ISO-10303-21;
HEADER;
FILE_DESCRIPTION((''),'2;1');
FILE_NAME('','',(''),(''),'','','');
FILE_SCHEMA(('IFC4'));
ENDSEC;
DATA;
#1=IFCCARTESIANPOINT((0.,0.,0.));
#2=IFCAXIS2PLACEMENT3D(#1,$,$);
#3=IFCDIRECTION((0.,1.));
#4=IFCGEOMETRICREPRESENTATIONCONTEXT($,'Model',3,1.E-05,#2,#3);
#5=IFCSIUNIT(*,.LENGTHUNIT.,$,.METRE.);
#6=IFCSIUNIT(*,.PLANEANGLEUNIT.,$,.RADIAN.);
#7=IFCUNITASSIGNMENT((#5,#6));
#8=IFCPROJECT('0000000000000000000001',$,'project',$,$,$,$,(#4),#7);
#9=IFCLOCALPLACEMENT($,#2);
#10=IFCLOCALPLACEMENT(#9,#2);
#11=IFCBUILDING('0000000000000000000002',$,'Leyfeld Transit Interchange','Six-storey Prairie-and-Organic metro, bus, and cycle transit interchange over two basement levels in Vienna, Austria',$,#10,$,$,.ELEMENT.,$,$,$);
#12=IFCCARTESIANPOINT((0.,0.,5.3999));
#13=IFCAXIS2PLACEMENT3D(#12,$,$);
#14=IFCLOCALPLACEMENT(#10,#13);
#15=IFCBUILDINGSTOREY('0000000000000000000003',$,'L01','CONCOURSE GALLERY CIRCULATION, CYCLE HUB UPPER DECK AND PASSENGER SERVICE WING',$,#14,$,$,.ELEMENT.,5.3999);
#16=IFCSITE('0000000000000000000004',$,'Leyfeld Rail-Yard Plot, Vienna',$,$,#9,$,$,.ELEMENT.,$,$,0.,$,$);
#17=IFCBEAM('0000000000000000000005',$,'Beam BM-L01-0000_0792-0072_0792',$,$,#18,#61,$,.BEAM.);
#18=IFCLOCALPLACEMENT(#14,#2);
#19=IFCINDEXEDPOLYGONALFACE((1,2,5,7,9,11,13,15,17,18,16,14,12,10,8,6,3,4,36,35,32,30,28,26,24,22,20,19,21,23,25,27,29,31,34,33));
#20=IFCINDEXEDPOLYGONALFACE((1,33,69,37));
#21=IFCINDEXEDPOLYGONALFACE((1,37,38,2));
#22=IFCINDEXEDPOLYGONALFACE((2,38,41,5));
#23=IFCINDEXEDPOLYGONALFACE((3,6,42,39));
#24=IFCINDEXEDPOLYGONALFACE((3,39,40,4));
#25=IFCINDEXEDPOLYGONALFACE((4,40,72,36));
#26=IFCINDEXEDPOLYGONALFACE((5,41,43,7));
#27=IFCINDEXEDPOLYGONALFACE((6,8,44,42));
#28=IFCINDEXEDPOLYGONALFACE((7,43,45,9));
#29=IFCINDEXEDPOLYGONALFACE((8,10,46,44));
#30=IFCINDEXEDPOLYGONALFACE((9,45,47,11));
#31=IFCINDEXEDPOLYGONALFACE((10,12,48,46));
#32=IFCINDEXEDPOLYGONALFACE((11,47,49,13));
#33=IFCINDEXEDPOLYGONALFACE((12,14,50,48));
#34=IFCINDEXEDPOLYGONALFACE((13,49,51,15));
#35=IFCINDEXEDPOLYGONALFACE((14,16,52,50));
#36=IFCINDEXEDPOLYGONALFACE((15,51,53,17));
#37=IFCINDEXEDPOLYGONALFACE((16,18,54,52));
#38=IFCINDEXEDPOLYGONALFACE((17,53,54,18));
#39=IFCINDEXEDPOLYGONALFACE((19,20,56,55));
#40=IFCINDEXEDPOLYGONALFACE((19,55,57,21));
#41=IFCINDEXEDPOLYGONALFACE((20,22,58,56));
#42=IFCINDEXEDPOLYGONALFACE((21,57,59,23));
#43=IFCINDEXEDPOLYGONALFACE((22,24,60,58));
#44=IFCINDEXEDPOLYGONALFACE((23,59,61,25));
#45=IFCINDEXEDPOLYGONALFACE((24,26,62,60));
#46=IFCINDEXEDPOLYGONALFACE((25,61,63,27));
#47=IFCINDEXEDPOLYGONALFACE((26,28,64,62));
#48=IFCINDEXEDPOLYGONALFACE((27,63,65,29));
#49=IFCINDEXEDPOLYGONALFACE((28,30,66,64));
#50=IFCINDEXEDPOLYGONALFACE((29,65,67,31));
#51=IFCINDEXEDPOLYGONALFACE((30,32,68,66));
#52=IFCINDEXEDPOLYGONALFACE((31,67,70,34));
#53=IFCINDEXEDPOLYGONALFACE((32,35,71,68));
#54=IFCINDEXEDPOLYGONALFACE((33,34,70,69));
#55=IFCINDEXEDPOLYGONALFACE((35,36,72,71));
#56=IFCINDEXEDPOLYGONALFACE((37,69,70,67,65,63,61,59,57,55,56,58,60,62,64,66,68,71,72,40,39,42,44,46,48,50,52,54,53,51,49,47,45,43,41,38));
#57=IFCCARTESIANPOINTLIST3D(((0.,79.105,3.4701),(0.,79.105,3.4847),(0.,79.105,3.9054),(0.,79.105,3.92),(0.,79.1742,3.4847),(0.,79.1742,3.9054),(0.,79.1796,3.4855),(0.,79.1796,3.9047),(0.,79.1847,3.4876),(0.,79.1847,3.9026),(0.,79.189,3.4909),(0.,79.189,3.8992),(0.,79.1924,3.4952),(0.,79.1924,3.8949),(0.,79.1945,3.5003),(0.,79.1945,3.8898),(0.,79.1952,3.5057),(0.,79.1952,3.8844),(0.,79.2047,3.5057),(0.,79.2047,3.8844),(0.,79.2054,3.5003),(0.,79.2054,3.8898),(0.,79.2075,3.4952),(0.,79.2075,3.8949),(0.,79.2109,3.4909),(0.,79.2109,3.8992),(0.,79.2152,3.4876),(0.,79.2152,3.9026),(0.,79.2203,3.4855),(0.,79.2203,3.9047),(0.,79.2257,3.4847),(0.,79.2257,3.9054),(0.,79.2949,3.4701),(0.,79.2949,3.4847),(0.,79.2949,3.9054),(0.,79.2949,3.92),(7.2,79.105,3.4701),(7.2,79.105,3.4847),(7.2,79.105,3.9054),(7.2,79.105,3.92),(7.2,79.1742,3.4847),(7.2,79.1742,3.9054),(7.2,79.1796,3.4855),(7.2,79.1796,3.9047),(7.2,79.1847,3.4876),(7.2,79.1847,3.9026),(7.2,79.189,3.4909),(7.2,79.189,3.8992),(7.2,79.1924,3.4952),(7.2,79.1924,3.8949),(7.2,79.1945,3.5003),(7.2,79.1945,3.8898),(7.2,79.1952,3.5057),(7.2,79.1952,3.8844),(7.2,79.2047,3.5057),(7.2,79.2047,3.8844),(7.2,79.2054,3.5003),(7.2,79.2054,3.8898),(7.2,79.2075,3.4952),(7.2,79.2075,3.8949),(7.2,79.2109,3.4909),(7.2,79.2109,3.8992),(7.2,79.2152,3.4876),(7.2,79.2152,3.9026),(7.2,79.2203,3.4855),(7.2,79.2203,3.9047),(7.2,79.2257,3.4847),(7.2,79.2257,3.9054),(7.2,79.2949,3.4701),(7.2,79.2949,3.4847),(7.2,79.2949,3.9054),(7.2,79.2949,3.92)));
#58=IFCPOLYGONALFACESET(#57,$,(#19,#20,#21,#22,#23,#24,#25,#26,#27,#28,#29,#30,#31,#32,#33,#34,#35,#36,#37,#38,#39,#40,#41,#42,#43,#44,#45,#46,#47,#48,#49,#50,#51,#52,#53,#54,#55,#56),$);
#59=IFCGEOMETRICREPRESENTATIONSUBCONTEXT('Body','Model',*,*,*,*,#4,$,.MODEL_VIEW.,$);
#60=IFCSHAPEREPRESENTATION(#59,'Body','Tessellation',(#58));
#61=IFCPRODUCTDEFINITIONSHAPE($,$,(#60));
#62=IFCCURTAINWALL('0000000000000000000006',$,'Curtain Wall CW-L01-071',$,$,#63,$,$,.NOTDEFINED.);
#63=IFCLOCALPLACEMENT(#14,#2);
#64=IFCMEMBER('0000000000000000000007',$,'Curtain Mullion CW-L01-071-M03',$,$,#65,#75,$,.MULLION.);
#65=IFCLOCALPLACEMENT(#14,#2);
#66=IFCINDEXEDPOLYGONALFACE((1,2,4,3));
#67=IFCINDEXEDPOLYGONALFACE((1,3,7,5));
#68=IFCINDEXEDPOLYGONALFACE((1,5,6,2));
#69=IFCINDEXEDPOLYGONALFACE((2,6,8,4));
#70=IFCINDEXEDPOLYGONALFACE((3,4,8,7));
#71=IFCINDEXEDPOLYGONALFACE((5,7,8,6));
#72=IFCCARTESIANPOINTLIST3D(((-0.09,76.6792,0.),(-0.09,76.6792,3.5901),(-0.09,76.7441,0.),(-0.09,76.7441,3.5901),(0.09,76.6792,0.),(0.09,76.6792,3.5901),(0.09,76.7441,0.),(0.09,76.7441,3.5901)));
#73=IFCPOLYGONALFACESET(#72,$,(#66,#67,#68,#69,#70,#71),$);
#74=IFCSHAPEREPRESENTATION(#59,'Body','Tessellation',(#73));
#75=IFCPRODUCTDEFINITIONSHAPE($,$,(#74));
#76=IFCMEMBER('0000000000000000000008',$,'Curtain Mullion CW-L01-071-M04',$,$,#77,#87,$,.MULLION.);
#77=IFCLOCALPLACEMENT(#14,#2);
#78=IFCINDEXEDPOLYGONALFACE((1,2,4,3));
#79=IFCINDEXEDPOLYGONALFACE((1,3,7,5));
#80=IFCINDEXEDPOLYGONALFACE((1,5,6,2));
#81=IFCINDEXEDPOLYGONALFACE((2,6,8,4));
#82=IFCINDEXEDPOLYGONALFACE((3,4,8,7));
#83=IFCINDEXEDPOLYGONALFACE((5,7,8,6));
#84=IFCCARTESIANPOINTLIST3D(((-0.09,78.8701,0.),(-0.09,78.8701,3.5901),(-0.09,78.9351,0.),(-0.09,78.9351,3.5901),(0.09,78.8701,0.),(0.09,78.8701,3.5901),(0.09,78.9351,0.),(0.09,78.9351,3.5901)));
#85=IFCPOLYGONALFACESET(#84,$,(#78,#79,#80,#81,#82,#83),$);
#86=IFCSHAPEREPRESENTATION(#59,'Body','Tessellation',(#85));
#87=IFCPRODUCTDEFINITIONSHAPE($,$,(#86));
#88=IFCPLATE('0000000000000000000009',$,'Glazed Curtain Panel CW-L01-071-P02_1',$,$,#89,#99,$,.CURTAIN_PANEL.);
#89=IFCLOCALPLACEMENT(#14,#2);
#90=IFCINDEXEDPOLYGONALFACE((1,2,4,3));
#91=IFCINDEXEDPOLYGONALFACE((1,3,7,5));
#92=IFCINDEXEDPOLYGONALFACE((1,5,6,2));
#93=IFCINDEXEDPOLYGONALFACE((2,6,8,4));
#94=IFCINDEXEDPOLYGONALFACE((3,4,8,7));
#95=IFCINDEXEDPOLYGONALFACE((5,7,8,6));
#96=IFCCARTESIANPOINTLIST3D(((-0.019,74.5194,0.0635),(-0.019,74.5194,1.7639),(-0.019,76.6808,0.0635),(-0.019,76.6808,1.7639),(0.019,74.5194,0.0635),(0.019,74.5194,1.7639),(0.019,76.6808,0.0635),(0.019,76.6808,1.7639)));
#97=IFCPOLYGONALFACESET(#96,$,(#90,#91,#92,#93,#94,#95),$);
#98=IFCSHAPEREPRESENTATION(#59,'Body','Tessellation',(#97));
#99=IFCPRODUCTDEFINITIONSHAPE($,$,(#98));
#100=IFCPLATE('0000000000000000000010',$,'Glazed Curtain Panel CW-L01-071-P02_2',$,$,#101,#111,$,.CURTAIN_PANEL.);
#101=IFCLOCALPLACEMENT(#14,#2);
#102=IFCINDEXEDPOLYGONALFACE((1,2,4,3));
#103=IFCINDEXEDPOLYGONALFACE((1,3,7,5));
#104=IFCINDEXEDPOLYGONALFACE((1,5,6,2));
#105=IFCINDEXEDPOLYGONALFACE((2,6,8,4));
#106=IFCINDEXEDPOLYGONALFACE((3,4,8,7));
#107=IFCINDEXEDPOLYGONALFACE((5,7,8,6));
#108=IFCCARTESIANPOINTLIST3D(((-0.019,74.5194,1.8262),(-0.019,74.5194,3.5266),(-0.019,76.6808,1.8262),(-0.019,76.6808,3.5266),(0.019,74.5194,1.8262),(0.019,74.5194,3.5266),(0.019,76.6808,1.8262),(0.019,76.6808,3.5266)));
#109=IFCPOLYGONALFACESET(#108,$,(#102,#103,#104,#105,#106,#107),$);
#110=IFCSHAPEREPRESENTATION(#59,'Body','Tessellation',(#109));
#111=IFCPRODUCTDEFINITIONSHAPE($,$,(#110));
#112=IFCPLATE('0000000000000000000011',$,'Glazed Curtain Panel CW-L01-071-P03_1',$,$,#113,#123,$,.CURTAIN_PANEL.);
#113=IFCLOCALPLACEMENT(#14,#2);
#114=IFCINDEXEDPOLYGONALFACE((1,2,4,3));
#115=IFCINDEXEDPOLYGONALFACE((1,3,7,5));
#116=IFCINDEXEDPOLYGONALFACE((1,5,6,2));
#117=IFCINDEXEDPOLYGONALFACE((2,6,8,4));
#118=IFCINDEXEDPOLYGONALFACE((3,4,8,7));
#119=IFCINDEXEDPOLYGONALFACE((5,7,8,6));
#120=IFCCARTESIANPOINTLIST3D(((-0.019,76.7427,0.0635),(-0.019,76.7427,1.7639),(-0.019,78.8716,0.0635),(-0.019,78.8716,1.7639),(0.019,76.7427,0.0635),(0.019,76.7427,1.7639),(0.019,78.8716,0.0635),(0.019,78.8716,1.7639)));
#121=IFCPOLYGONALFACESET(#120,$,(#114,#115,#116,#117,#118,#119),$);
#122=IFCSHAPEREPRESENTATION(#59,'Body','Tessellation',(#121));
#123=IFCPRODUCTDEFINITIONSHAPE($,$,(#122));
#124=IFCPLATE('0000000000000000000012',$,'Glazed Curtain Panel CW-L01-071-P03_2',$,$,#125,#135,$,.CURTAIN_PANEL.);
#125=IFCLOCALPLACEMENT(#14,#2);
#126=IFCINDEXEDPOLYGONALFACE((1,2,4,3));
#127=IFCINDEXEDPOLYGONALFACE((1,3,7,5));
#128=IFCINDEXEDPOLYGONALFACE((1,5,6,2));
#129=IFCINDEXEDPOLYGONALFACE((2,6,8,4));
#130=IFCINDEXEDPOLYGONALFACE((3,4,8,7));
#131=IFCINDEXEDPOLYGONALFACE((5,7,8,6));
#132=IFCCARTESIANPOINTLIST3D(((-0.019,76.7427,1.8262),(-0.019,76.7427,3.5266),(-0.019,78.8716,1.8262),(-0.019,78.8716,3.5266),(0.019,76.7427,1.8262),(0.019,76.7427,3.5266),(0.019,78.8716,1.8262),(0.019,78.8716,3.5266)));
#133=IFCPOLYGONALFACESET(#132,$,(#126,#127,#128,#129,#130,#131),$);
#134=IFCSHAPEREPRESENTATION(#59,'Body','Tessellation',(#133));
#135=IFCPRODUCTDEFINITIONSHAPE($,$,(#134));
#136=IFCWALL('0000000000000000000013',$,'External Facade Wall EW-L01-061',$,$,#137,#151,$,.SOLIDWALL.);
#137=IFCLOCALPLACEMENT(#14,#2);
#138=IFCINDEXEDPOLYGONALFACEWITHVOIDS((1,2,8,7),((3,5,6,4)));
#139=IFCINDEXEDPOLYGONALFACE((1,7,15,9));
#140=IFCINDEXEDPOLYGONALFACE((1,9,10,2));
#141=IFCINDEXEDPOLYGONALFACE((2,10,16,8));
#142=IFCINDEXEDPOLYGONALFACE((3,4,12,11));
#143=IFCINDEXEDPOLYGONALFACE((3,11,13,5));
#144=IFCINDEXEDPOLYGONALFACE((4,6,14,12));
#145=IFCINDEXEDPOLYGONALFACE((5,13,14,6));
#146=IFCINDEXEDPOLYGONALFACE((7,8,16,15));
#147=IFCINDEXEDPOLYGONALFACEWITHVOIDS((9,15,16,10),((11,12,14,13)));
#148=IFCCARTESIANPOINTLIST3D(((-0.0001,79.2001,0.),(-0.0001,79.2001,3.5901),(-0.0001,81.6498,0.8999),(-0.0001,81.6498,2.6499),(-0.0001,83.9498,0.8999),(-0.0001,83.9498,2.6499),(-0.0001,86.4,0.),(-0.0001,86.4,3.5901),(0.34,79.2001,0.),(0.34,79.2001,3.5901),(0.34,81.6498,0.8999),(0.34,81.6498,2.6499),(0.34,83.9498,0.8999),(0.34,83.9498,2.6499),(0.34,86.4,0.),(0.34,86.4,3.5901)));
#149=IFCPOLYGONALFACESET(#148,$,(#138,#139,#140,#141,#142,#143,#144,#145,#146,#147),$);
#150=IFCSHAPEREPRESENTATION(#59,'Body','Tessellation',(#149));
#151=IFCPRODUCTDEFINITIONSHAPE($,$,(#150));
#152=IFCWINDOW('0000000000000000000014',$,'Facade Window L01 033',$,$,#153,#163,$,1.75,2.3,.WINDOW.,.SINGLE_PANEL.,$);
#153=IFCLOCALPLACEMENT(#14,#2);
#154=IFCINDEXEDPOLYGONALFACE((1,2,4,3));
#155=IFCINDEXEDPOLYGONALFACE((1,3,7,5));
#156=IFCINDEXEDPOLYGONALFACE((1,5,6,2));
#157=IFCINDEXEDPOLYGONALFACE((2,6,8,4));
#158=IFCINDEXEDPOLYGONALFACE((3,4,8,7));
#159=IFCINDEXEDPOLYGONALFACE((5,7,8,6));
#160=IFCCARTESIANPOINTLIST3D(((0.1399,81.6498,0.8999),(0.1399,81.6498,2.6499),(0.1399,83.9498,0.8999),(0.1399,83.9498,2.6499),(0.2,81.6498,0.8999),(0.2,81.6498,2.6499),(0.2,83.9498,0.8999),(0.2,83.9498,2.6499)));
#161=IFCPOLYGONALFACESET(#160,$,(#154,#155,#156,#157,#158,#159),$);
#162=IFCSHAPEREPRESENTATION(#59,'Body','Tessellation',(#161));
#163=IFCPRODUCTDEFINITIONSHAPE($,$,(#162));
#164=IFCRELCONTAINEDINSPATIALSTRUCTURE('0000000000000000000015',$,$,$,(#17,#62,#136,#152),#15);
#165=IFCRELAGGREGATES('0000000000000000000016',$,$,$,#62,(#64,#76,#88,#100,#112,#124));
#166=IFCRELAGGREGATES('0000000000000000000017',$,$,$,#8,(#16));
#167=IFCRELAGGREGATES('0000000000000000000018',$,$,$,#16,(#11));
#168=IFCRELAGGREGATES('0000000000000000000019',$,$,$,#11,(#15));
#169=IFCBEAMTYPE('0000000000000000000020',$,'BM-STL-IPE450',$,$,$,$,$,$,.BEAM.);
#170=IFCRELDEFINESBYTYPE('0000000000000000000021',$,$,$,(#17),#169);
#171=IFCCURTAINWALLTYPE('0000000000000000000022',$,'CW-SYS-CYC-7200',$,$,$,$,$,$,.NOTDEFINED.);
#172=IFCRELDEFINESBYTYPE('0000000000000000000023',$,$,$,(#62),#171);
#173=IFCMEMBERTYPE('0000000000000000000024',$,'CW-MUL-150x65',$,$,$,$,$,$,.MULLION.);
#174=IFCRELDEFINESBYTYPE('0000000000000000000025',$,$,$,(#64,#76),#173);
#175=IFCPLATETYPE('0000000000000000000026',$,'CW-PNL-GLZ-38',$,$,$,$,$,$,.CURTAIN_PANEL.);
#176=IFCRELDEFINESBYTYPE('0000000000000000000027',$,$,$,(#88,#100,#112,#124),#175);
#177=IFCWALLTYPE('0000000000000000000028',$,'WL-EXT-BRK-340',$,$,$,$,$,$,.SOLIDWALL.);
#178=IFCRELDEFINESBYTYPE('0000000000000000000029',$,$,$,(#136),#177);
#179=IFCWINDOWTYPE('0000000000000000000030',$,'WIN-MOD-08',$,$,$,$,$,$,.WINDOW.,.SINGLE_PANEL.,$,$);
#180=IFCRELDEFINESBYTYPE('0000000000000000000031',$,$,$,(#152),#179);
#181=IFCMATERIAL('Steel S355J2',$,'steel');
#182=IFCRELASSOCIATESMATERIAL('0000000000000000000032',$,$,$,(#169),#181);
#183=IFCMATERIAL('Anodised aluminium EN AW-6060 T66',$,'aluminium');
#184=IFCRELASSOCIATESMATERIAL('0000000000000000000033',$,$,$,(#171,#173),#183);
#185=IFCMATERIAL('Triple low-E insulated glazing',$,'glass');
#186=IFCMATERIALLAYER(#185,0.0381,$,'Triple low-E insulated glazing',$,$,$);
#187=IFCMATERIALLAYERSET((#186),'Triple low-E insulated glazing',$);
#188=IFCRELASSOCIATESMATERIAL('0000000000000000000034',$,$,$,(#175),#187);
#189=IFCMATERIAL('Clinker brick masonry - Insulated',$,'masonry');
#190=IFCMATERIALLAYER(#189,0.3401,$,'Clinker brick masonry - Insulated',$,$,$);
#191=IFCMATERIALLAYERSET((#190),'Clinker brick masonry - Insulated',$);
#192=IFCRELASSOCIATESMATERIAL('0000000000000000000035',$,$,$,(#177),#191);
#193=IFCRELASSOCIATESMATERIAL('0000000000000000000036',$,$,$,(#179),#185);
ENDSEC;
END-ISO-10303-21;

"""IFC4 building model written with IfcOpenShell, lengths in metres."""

from ifc_helpers import new_model, si_unit, direction, frame, frame_2d, origin, origin_2d, place, context, subcontext, project, spatial, rectangle, i_section, extrude, material, layer, layer_set, material_profile, profile_set, type_object, element, fill, aggregate, save


model = new_model("IFC4")

# Units and contexts
model_context = context("Model", 3, precision=1e-05, world=origin(), true_north=direction((0.0, 1.0)))
body_context = subcontext(model_context, "Body", "Model", "MODEL_VIEW")
ifc_project = project(units=[si_unit("LENGTHUNIT", "METRE"), si_unit("PLANEANGLEUNIT", "RADIAN")], contexts=[model_context])

# Site, building, storey
site_placement = place(None, origin())
site = spatial("IfcSite", under=ifc_project, at=site_placement, Name="Leyfeld Rail-Yard Plot, Vienna", CompositionType="ELEMENT", RefElevation=0.0)
building_placement = place(site_placement, origin())
building = spatial("IfcBuilding", under=site, at=building_placement, Name="Leyfeld Transit Interchange", Description="Six-storey Prairie-and-Organic metro, bus, and cycle transit interchange over two basement levels in Vienna, Austria", CompositionType="ELEMENT")
storey_placement = place(building_placement, frame((0.0, 0.0, 5.3999)))
storey = spatial("IfcBuildingStorey", under=building, at=storey_placement, Name="L01", Description="CONCOURSE GALLERY CIRCULATION, CYCLE HUB UPPER DECK AND PASSENGER SERVICE WING", CompositionType="ELEMENT", Elevation=5.3999)

# Beam
ifc_material_1 = material(Name="Steel S355J2", Category="steel")
ifc_material_profile_1 = material_profile(ifc_material_1, i_section(OverallWidth=0.1899, OverallDepth=0.45, WebThickness=0.0095, FlangeThickness=0.0146, FilletRadius=0.021, at=origin_2d()), Name="IPE 450")
ifc_profile_set_1 = profile_set([ifc_material_profile_1], Name="Steel S355J2")
beam_type_1 = type_object("IfcBeamType", Name="BM-STL-IPE450", PredefinedType="BEAM", material=ifc_profile_set_1)
beam_1_placement = place(storey_placement, frame((0.0, 79.2, 3.6951), z_axis=(1.0, 0.0, 0.0), x_axis=(0.0, 1.0, 0.0)))
element("IfcBeam", 1, at=beam_1_placement, inside=storey, type_object=beam_type_1, Name="Beam BM-L01-0000_0792-0072_0792", PredefinedType="BEAM", context=body_context, shape_type="SweptSolid", body=[
    extrude(i_section(OverallWidth=0.1899, OverallDepth=0.45, WebThickness=0.0095, FlangeThickness=0.0146, FilletRadius=0.021, at=origin_2d()), origin(), (0.0, 0.0, 1.0), 7.2),
])

# Curtain wall, members, plates
ifc_material_2 = material(Name="Anodised aluminium EN AW-6060 T66", Category="aluminium")
curtain_wall_type = type_object("IfcCurtainWallType", Name="CW-SYS-CYC-7200", PredefinedType="NOTDEFINED", material=ifc_material_2)
curtain_wall_placement = place(storey_placement, origin())
curtain_wall = element("IfcCurtainWall", 2, at=curtain_wall_placement, inside=storey, type_object=curtain_wall_type, Name="Curtain Wall CW-L01-071", PredefinedType="NOTDEFINED")
ifc_material_profile_2 = material_profile(ifc_material_2, rectangle(XDim=0.0649, YDim=0.1799, at=origin_2d()), Name="CW-M 65x180")
ifc_profile_set_2 = profile_set([ifc_material_profile_2], Name="Anodised aluminium EN AW-6060 T66")
member_type = type_object("IfcMemberType", Name="CW-MUL-150x65", PredefinedType="MULLION", material=ifc_profile_set_2)
member_1_placement = place(storey_placement, frame((0.0, 76.7117, 0.0), z_axis=(0.0, 0.0, 1.0), x_axis=(0.0, 1.0, 0.0)))
member_1 = element("IfcMember", 3, at=member_1_placement, type_object=member_type, Name="Curtain Mullion CW-L01-071-M03", PredefinedType="MULLION", context=body_context, shape_type="SweptSolid", body=[
    extrude(rectangle(XDim=0.0649, YDim=0.1799, at=origin_2d()), origin(), (0.0, 0.0, 1.0), 3.5901),
])
member_2_placement = place(storey_placement, frame((0.0, 78.9026, 0.0), z_axis=(0.0, 0.0, 1.0), x_axis=(0.0, 1.0, 0.0)))
member_2 = element("IfcMember", 4, at=member_2_placement, type_object=member_type, Name="Curtain Mullion CW-L01-071-M04", PredefinedType="MULLION", context=body_context, shape_type="SweptSolid", body=[
    extrude(rectangle(XDim=0.0649, YDim=0.1799, at=origin_2d()), origin(), (0.0, 0.0, 1.0), 3.5901),
])
ifc_material_3 = material(Name="Triple low-E insulated glazing", Category="glass")
ifc_layer_1 = layer(ifc_material_3, 0.0381, Name="Triple low-E insulated glazing")
ifc_layer_set_1 = layer_set([ifc_layer_1], Name="Triple low-E insulated glazing")
plate_type = type_object("IfcPlateType", Name="CW-PNL-GLZ-38", PredefinedType="CURTAIN_PANEL", material=ifc_layer_set_1)
plate_1_placement = place(storey_placement, frame((0.0, 75.6001, 0.0635), z_axis=(0.0, 0.0, 1.0), x_axis=(0.0, 1.0, 0.0)))
plate_1 = element("IfcPlate", 5, at=plate_1_placement, type_object=plate_type, Name="Glazed Curtain Panel CW-L01-071-P02_1", PredefinedType="CURTAIN_PANEL", context=body_context, shape_type="SweptSolid", body=[
    extrude(rectangle(XDim=2.1614, YDim=0.0381, at=origin_2d()), origin(), (0.0, 0.0, 1.0), 1.7004),
])
plate_2_placement = place(storey_placement, frame((0.0, 75.6001, 1.8262), z_axis=(0.0, 0.0, 1.0), x_axis=(0.0, 1.0, 0.0)))
plate_2 = element("IfcPlate", 6, at=plate_2_placement, type_object=plate_type, Name="Glazed Curtain Panel CW-L01-071-P02_2", PredefinedType="CURTAIN_PANEL", context=body_context, shape_type="SweptSolid", body=[
    extrude(rectangle(XDim=2.1614, YDim=0.0381, at=origin_2d()), origin(), (0.0, 0.0, 1.0), 1.7004),
])
plate_3_placement = place(storey_placement, frame((0.0, 77.8071, 0.0635), z_axis=(0.0, 0.0, 1.0), x_axis=(0.0, 1.0, 0.0)))
plate_3 = element("IfcPlate", 7, at=plate_3_placement, type_object=plate_type, Name="Glazed Curtain Panel CW-L01-071-P03_1", PredefinedType="CURTAIN_PANEL", context=body_context, shape_type="SweptSolid", body=[
    extrude(rectangle(XDim=2.1289, YDim=0.0381, at=origin_2d()), origin(), (0.0, 0.0, 1.0), 1.7004),
])
plate_4_placement = place(storey_placement, frame((0.0, 77.8071, 1.8262), z_axis=(0.0, 0.0, 1.0), x_axis=(0.0, 1.0, 0.0)))
plate_4 = element("IfcPlate", 8, at=plate_4_placement, type_object=plate_type, Name="Glazed Curtain Panel CW-L01-071-P03_2", PredefinedType="CURTAIN_PANEL", context=body_context, shape_type="SweptSolid", body=[
    extrude(rectangle(XDim=2.1289, YDim=0.0381, at=origin_2d()), origin(), (0.0, 0.0, 1.0), 1.7004),
])
aggregate(curtain_wall, [member_1, member_2, plate_1, plate_2, plate_3, plate_4])

# Wall, opening, window
ifc_material_4 = material(Name="Clinker brick masonry - Insulated", Category="masonry")
ifc_layer_2 = layer(ifc_material_4, 0.3401, Name="Clinker brick masonry - Insulated")
ifc_layer_set_2 = layer_set([ifc_layer_2], Name="Clinker brick masonry - Insulated")
wall_type_1 = type_object("IfcWallType", Name="WL-EXT-BRK-340", PredefinedType="SOLIDWALL", material=ifc_layer_set_2)
wall_1_placement = place(storey_placement, frame((0.1699, 79.2, 0.0), z_axis=(0.0, 0.0, 1.0), x_axis=(0.0, 1.0, 0.0)))
wall_1 = element("IfcWall", 9, at=wall_1_placement, inside=storey, type_object=wall_type_1, Name="External Facade Wall EW-L01-061", PredefinedType="SOLIDWALL", context=body_context, shape_type="SweptSolid", body=[
    extrude(rectangle(XDim=7.2, YDim=0.3401, at=frame_2d((3.6001, 0.0))), origin(), (0.0, 0.0, 1.0), 3.5901),
])
opening_1_placement = place(wall_1_placement, frame((2.45, 0.0, 0.8999)))
opening_1 = element("IfcOpeningElement", 10, at=opening_1_placement, cuts=wall_1, PredefinedType="OPENING", context=body_context, shape_type="SweptSolid", body=[
    extrude(rectangle(XDim=2.3, YDim=1.75, at=frame_2d((1.1499, 0.875))), frame((0.0, 0.1799, 0.0), z_axis=(0.0, -1.0, 0.0), x_axis=(1.0, 0.0, 0.0)), (0.0, 0.0, 1.0), 0.3601),
])
window_type = type_object("IfcWindowType", Name="WIN-MOD-08", PartitioningType="SINGLE_PANEL", PredefinedType="WINDOW", material=ifc_material_3)
window_placement = place(opening_1_placement, origin())
window = element("IfcWindow", 11, at=window_placement, inside=storey, type_object=window_type, Name="Facade Window L01 033", OverallHeight=1.75, OverallWidth=2.3, PartitioningType="SINGLE_PANEL", PredefinedType="WINDOW", context=body_context, shape_type="SweptSolid", body=[
    extrude(rectangle(XDim=2.3, YDim=1.75, at=frame_2d((1.1499, 0.875))), frame((0.0, 0.03, 0.0), z_axis=(0.0, -1.0, 0.0), x_axis=(1.0, 0.0, 0.0)), (0.0, 0.0, 1.0), 0.0601),
])
fill(opening_1, window)

save(model, "model.ifc")
